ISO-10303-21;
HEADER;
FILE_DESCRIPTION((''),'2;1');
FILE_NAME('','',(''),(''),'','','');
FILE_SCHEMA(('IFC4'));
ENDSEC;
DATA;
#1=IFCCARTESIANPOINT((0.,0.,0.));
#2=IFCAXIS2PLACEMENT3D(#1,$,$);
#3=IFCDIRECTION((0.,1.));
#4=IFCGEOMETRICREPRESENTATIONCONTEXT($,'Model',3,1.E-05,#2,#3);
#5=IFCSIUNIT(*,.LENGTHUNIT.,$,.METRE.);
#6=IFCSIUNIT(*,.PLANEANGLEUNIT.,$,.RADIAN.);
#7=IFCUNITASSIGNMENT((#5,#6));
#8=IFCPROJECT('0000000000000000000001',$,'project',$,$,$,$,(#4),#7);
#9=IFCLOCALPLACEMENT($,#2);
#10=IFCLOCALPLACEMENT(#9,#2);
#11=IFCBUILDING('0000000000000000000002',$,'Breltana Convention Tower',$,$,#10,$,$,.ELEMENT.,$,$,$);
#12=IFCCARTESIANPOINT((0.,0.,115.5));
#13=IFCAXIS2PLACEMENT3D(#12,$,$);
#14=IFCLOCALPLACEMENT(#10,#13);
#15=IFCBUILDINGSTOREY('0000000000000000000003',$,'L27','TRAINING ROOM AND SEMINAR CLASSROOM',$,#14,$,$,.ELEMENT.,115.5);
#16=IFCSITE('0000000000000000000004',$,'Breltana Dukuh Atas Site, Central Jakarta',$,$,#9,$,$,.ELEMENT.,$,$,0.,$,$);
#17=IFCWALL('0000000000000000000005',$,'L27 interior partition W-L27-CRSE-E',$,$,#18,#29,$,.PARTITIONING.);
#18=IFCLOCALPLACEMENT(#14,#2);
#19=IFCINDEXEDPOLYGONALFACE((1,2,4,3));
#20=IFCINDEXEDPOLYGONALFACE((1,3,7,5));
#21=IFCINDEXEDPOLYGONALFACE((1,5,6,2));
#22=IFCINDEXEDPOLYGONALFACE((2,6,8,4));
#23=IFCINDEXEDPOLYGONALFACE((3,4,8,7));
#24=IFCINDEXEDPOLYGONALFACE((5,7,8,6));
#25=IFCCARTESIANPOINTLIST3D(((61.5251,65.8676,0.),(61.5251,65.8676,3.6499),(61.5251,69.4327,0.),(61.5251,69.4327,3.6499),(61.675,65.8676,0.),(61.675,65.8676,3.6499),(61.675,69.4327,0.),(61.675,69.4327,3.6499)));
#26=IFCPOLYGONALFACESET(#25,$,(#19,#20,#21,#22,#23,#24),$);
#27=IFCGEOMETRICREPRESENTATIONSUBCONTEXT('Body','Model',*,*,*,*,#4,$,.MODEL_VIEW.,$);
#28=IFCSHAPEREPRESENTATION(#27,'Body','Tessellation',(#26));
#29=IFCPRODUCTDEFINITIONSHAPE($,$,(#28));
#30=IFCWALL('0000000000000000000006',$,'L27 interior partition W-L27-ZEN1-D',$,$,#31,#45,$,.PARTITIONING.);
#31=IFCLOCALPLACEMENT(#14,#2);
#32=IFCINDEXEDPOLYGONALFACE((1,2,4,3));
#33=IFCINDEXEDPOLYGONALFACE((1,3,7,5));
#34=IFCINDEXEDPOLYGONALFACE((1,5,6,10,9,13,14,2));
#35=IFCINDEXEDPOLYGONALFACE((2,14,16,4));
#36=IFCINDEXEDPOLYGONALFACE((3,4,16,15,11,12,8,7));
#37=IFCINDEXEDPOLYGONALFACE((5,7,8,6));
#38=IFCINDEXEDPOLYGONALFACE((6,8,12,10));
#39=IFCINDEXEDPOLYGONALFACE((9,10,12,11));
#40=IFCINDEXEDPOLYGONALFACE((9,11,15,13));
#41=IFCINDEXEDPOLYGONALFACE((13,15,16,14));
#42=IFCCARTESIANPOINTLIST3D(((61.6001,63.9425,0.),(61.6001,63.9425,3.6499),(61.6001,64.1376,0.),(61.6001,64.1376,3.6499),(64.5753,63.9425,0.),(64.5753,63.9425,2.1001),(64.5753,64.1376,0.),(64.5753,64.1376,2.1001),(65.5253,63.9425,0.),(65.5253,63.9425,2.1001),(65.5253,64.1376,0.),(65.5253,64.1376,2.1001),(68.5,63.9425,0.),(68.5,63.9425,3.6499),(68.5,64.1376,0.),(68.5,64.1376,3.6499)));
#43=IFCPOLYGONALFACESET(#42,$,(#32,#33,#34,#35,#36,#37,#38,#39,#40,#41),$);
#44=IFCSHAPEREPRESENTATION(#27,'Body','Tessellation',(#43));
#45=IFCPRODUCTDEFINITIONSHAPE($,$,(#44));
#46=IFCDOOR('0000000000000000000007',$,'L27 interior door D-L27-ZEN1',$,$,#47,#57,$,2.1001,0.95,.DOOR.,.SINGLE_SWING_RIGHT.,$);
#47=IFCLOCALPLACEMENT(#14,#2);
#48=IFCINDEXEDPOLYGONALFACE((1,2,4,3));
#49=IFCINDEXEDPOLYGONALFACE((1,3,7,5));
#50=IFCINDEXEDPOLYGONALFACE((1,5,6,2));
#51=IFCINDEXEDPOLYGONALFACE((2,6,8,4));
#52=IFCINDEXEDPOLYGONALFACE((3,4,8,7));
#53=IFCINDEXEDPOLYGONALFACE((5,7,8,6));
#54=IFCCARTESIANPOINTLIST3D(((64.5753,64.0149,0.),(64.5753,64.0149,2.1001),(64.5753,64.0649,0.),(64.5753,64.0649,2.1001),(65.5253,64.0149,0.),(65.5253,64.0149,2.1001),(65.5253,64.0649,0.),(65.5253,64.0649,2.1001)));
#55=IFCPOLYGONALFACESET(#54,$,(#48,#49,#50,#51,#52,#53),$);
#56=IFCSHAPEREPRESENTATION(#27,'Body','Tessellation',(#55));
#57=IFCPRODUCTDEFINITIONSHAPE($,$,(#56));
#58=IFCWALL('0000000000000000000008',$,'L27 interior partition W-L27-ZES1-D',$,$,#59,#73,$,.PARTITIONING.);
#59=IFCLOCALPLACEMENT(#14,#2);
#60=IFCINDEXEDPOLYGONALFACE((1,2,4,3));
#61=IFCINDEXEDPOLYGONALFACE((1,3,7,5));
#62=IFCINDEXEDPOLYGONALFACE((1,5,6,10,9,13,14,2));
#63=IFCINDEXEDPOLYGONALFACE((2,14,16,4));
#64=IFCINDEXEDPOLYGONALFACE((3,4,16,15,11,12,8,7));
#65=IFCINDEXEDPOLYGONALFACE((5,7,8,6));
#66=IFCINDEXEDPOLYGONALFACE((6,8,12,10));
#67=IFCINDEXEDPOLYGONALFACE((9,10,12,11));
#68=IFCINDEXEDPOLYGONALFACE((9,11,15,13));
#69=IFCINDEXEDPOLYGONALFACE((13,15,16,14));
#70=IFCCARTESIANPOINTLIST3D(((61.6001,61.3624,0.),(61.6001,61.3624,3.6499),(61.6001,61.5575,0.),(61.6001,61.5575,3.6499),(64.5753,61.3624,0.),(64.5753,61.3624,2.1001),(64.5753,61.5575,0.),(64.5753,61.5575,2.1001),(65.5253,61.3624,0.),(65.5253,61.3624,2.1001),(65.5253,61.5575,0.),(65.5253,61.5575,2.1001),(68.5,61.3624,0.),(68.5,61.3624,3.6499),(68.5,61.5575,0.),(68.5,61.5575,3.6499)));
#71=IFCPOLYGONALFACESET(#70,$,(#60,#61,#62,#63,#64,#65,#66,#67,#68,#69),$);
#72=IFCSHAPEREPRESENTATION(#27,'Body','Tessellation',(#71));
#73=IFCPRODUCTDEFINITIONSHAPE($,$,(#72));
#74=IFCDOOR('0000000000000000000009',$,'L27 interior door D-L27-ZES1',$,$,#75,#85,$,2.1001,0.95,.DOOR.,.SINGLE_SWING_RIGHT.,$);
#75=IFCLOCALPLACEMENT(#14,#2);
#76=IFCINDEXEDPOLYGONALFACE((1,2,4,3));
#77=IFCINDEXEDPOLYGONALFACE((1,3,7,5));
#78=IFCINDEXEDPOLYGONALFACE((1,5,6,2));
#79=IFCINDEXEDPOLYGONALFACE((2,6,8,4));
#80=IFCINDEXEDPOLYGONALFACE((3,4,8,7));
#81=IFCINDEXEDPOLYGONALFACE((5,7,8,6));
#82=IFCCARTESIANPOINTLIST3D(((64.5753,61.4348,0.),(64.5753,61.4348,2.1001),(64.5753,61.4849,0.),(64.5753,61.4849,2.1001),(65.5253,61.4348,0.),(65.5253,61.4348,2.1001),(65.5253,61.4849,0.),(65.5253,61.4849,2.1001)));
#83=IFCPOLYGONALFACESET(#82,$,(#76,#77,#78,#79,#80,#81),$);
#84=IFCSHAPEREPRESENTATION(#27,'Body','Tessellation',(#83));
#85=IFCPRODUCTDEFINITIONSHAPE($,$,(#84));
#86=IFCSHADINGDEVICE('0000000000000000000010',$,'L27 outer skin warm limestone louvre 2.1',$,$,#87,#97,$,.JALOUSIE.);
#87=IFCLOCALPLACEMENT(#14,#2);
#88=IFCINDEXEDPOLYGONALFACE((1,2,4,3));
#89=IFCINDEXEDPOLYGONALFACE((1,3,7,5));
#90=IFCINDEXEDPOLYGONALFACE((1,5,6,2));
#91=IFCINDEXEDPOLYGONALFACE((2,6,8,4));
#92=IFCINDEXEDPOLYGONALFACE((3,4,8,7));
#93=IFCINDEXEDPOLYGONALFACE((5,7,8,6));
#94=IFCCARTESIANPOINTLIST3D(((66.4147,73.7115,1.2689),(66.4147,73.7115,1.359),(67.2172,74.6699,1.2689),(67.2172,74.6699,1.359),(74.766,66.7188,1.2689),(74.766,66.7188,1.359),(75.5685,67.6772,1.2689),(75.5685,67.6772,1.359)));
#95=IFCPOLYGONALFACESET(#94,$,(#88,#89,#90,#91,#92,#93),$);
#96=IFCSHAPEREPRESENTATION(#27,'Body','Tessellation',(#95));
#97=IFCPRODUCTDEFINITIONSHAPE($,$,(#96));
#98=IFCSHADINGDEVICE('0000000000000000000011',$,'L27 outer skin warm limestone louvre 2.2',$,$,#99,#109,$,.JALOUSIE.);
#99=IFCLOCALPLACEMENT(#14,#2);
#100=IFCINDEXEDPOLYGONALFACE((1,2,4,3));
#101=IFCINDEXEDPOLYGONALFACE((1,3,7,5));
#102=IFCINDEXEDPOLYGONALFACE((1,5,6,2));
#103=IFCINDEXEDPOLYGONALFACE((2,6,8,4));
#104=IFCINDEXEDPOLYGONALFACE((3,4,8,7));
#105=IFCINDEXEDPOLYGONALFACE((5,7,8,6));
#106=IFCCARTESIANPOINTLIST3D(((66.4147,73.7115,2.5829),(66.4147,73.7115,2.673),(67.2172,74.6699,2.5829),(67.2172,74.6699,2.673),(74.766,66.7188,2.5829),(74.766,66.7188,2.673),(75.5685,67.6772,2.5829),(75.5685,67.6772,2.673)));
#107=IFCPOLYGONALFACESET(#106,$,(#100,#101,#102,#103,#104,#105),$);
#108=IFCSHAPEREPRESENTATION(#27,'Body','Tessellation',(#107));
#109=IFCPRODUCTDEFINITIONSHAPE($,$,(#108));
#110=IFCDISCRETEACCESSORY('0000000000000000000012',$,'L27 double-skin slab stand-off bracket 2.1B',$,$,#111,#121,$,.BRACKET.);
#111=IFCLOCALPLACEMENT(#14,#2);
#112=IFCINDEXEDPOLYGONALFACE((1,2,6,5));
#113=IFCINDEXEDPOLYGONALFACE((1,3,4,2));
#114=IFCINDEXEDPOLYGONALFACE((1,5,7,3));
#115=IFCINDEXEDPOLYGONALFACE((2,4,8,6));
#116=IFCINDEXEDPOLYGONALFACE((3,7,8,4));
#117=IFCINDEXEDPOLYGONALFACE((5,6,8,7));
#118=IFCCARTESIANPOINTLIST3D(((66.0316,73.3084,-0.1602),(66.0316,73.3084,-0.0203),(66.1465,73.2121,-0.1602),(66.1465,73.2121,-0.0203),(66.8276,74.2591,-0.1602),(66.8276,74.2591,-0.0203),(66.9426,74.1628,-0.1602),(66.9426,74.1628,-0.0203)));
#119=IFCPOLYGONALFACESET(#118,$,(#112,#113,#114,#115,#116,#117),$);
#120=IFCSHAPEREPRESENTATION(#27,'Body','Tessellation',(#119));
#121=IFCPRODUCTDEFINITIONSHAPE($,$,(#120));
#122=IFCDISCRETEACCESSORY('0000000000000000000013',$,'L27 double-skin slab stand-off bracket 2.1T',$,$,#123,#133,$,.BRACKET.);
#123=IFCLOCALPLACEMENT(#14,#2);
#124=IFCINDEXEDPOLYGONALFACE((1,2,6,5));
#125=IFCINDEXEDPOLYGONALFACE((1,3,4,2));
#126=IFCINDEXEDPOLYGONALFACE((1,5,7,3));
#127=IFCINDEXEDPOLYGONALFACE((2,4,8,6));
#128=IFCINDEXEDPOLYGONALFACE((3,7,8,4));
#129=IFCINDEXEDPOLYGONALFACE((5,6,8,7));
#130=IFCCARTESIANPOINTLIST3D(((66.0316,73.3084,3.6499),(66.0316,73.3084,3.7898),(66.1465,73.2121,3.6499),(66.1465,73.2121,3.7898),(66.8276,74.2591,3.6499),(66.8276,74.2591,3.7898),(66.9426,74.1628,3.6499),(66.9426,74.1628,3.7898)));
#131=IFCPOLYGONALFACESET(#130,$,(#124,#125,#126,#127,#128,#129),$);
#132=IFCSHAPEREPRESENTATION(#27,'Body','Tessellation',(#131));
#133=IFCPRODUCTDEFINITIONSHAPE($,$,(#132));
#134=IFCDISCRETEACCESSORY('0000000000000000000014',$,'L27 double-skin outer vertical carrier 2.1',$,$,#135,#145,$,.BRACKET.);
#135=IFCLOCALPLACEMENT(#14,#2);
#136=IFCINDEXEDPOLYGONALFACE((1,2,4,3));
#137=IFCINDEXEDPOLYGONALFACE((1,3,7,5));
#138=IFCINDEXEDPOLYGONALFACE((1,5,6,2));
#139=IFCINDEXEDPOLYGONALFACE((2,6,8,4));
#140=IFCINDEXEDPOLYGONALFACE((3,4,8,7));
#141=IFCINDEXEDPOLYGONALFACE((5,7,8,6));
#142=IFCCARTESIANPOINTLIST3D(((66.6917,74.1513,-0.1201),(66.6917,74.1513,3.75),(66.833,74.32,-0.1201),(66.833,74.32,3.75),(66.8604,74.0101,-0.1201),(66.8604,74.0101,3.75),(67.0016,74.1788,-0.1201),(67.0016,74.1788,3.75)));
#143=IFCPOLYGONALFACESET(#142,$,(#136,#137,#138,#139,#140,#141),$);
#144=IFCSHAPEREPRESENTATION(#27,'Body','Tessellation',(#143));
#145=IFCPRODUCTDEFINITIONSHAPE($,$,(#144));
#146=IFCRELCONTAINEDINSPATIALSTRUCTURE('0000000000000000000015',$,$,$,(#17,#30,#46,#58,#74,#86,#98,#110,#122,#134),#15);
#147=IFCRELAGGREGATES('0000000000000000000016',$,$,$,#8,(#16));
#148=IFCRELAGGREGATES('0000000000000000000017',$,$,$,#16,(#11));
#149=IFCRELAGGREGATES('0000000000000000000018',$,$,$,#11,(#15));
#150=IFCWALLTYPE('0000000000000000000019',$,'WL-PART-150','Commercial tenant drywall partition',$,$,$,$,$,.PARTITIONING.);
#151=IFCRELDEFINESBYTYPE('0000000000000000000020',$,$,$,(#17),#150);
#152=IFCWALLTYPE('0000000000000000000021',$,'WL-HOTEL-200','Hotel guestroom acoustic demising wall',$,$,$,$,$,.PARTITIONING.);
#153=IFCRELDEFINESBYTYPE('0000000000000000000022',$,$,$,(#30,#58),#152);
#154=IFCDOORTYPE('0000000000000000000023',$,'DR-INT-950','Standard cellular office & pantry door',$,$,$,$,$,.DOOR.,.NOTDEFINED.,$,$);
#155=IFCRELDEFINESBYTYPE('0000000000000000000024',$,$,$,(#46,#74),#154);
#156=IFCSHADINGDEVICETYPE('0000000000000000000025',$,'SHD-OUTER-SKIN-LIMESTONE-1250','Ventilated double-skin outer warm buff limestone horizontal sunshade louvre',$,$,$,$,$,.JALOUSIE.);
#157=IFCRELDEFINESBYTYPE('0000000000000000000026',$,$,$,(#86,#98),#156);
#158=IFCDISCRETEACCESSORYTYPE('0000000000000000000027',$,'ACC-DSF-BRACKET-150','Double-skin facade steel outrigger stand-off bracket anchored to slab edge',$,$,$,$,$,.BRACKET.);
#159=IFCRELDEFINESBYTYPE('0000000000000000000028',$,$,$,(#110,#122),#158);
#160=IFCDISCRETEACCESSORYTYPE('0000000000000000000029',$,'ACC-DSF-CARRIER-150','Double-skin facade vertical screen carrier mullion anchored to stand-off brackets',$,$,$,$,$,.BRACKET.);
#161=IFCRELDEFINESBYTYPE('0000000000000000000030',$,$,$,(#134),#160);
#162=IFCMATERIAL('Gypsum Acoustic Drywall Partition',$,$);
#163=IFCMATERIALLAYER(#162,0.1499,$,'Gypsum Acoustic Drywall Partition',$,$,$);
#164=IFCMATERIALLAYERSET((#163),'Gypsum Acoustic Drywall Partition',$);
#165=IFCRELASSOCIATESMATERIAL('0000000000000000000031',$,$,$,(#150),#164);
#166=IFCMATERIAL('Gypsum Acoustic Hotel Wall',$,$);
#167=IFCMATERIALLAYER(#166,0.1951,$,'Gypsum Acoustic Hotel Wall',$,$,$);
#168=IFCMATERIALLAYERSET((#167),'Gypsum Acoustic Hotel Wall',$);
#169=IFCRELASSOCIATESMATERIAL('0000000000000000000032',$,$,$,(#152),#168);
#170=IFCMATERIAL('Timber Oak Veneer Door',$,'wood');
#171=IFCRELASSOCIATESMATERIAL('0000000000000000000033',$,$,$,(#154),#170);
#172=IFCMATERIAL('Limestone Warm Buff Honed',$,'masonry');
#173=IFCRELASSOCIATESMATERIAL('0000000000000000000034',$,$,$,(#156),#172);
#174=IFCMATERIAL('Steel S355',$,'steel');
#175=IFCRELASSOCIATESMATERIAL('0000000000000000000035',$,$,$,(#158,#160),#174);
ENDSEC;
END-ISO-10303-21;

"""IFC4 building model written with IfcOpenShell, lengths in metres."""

from ifc_helpers import new_model, si_unit, direction, frame, frame_2d, origin, origin_2d, place, context, subcontext, project, spatial, rectangle, extrude, source, transform, mapped, material, layer, layer_set, material_profile, profile_set, type_object, type_shapes, element, fill, save


model = new_model("IFC4")

# Units and contexts
model_context = context("Model", 3, precision=1e-05, world=origin(), true_north=direction((0.0, 1.0)))
body_context = subcontext(model_context, "Body", "Model", "MODEL_VIEW")
ifc_project = project(units=[si_unit("LENGTHUNIT", "METRE"), si_unit("PLANEANGLEUNIT", "RADIAN")], contexts=[model_context])

# Site, building, storey
site_placement = place(None, origin())
site = spatial("IfcSite", under=ifc_project, at=site_placement, Name="Breltana Dukuh Atas Site, Central Jakarta", CompositionType="ELEMENT", RefElevation=0.0)
building_placement = place(site_placement, origin())
building = spatial("IfcBuilding", under=site, at=building_placement, Name="Breltana Convention Tower", CompositionType="ELEMENT")
storey_placement = place(building_placement, frame((0.0, 0.0, 115.5)))
storey = spatial("IfcBuildingStorey", under=building, at=storey_placement, Name="L27", Description="TRAINING ROOM AND SEMINAR CLASSROOM", CompositionType="ELEMENT", Elevation=115.5)

# Wall
ifc_material_1 = material(Name="Gypsum Acoustic Drywall Partition")
ifc_layer_1 = layer(ifc_material_1, 0.1499, Name="Gypsum Acoustic Drywall Partition")
ifc_layer_set_1 = layer_set([ifc_layer_1], Name="Gypsum Acoustic Drywall Partition")
wall_type_1 = type_object("IfcWallType", Name="WL-PART-150", Description="Commercial tenant drywall partition", PredefinedType="PARTITIONING", material=ifc_layer_set_1)
shared_shape_1 = source(origin(), body_context, "Body", "SweptSolid", [
    extrude(rectangle(XDim=3.5652, YDim=0.1499, at=frame_2d((1.7827, 0.0))), origin(), (0.0, 0.0, 1.0), 3.6499),
])
wall_1_placement = place(storey_placement, frame((61.6001, 65.8674, 0.0), z_axis=(0.0, 0.0, 1.0), x_axis=(0.0, 1.0, 0.0)))
element("IfcWall", 1, at=wall_1_placement, inside=storey, type_object=wall_type_1, Name="L27 interior partition W-L27-CRSE-E", PredefinedType="PARTITIONING", context=body_context, shape_type="MappedRepresentation", body=[
    mapped(shared_shape_1, transform((0.0, 0.0, 0.0), scale=1.0)),
])

# Walls, openings, doors
ifc_material_2 = material(Name="Gypsum Acoustic Hotel Wall")
ifc_layer_2 = layer(ifc_material_2, 0.1951, Name="Gypsum Acoustic Hotel Wall")
ifc_layer_set_2 = layer_set([ifc_layer_2], Name="Gypsum Acoustic Hotel Wall")
wall_type_2 = type_object("IfcWallType", Name="WL-HOTEL-200", Description="Hotel guestroom acoustic demising wall", PredefinedType="PARTITIONING", material=ifc_layer_set_2)
shared_shape_2 = source(origin(), body_context, "Body", "SweptSolid", [
    extrude(rectangle(XDim=6.8999, YDim=0.1951, at=frame_2d((3.45, 0.0))), origin(), (0.0, 0.0, 1.0), 3.6499),
])
wall_2_placement = place(storey_placement, frame((61.6001, 64.04, 0.0), z_axis=(0.0, 0.0, 1.0), x_axis=(1.0, 0.0, 0.0)))
wall_2 = element("IfcWall", 2, at=wall_2_placement, inside=storey, type_object=wall_type_2, Name="L27 interior partition W-L27-ZEN1-D", PredefinedType="PARTITIONING", context=body_context, shape_type="MappedRepresentation", body=[
    mapped(shared_shape_2, transform((0.0, 0.0, 0.0), scale=1.0)),
])
opening_1_placement = place(wall_2_placement, frame((2.9751, 0.0, 0.0)))
opening_1 = element("IfcOpeningElement", 3, at=opening_1_placement, cuts=wall_2, PredefinedType="OPENING", context=body_context, shape_type="SweptSolid", body=[
    extrude(rectangle(XDim=0.95, YDim=2.1001, at=frame_2d((0.4751, 1.05))), frame((0.0, 0.1074, 0.0), z_axis=(0.0, -1.0, 0.0), x_axis=(1.0, 0.0, 0.0)), (0.0, 0.0, 1.0), 0.2151),
])
ifc_material_3 = material(Name="Timber Oak Veneer Door", Category="wood")
door_type = type_object("IfcDoorType", Name="DR-INT-950", Description="Standard cellular office & pantry door", OperationType="NOTDEFINED", PredefinedType="DOOR", material=ifc_material_3)
shared_shape_3 = source(origin(), body_context, "Body", "SweptSolid", [
    extrude(rectangle(XDim=0.95, YDim=2.1001, at=frame_2d((0.4751, 1.05))), frame((0.0, 0.0249, 0.0), z_axis=(0.0, -1.0, 0.0), x_axis=(1.0, 0.0, 0.0)), (0.0, 0.0, 1.0), 0.05),
])
type_shapes(door_type, [shared_shape_3])
door_1_placement = place(opening_1_placement, origin())
door_1 = element("IfcDoor", 4, at=door_1_placement, inside=storey, type_object=door_type, Name="L27 interior door D-L27-ZEN1", OperationType="SINGLE_SWING_RIGHT", OverallHeight=2.1001, OverallWidth=0.95, PredefinedType="DOOR", context=body_context, shape_type="MappedRepresentation", body=[
    mapped(shared_shape_3, transform((0.0, 0.0, 0.0), scale=1.0)),
])
fill(opening_1, door_1)
wall_3_placement = place(storey_placement, frame((61.6001, 61.46, 0.0), z_axis=(0.0, 0.0, 1.0), x_axis=(1.0, 0.0, 0.0)))
wall_3 = element("IfcWall", 5, at=wall_3_placement, inside=storey, type_object=wall_type_2, Name="L27 interior partition W-L27-ZES1-D", PredefinedType="PARTITIONING", context=body_context, shape_type="MappedRepresentation", body=[
    mapped(shared_shape_2, transform((0.0, 0.0, 0.0), scale=1.0)),
])
opening_2_placement = place(wall_3_placement, frame((2.9751, 0.0, 0.0)))
opening_2 = element("IfcOpeningElement", 6, at=opening_2_placement, cuts=wall_3, PredefinedType="OPENING", context=body_context, shape_type="SweptSolid", body=[
    extrude(rectangle(XDim=0.95, YDim=2.1001, at=frame_2d((0.4751, 1.05))), frame((0.0, 0.1074, 0.0), z_axis=(0.0, -1.0, 0.0), x_axis=(1.0, 0.0, 0.0)), (0.0, 0.0, 1.0), 0.2151),
])
door_2_placement = place(opening_2_placement, origin())
door_2 = element("IfcDoor", 7, at=door_2_placement, inside=storey, type_object=door_type, Name="L27 interior door D-L27-ZES1", OperationType="SINGLE_SWING_RIGHT", OverallHeight=2.1001, OverallWidth=0.95, PredefinedType="DOOR", context=body_context, shape_type="MappedRepresentation", body=[
    mapped(shared_shape_3, transform((0.0, 0.0, 0.0), scale=1.0)),
])
fill(opening_2, door_2)

# Shading devices
ifc_material_4 = material(Name="Limestone Warm Buff Honed", Category="masonry")
ifc_material_profile_1 = material_profile(ifc_material_4, rectangle(XDim=1.25, YDim=0.0901, at=origin_2d()), Name="STN-LVR-1250X90")
ifc_profile_set_1 = profile_set([ifc_material_profile_1], Name="Limestone Warm Buff Honed")
shading_device_type = type_object("IfcShadingDeviceType", Name="SHD-OUTER-SKIN-LIMESTONE-1250", Description="Ventilated double-skin outer warm buff limestone horizontal sunshade louvre", PredefinedType="JALOUSIE", material=ifc_profile_set_1)
shared_shape_4 = source(origin(), body_context, "Body", "SweptSolid", [
    extrude(rectangle(XDim=1.25, YDim=0.0901, at=origin_2d()), origin(), (0.0, 0.0, 1.0), 10.8923),
])
for number, where, z_axis, x_axis, name in (
    (8, (66.8159, 74.1907, 1.314), (0.766718, -0.641984, 0.0), (0.641984, 0.766718, 0.0), "L27 outer skin warm limestone louvre 2.1"),
    (9, (66.8159, 74.1907, 2.6279), (0.766718, -0.641984, 0.0), (0.641984, 0.766718, 0.0), "L27 outer skin warm limestone louvre 2.2"),
):
    element("IfcShadingDevice", number, at=place(storey_placement, frame(where, z_axis=z_axis, x_axis=x_axis)), inside=storey, type_object=shading_device_type, Name=name, PredefinedType="JALOUSIE", context=body_context, shape_type="MappedRepresentation", body=[
        mapped(shared_shape_4, transform((0.0, 0.0, 0.0), scale=1.0)),
    ])

# Discrete accessories
ifc_material_5 = material(Name="Steel S355", Category="steel")
discrete_accessory_type_1 = type_object("IfcDiscreteAccessoryType", Name="ACC-DSF-BRACKET-150", Description="Double-skin facade steel outrigger stand-off bracket anchored to slab edge", PredefinedType="BRACKET", material=ifc_material_5)
shared_shape_5 = source(origin(), body_context, "Body", "SweptSolid", [
    extrude(rectangle(XDim=1.24, YDim=0.1499, at=origin_2d()), origin(), (0.0, 0.0, 1.0), 0.1399),
])
type_shapes(discrete_accessory_type_1, [shared_shape_5])
for number, where, z_axis, x_axis, name in (
    (10, (66.4871, 73.7356, -0.1602), (0.0, 0.0, 1.0), (0.641987, 0.766715, 0.0), "L27 double-skin slab stand-off bracket 2.1B"),
    (11, (66.4871, 73.7356, 3.6499), (0.0, 0.0, 1.0), (0.641987, 0.766715, 0.0), "L27 double-skin slab stand-off bracket 2.1T"),
):
    element("IfcDiscreteAccessory", number, at=place(storey_placement, frame(where, z_axis=z_axis, x_axis=x_axis)), inside=storey, type_object=discrete_accessory_type_1, Name=name, PredefinedType="BRACKET", context=body_context, shape_type="MappedRepresentation", body=[
        mapped(shared_shape_5, transform((0.0, 0.0, 0.0), scale=1.0)),
    ])
discrete_accessory_type_2 = type_object("IfcDiscreteAccessoryType", Name="ACC-DSF-CARRIER-150", Description="Double-skin facade vertical screen carrier mullion anchored to stand-off brackets", PredefinedType="BRACKET", material=ifc_material_5)
shared_shape_6 = source(origin(), body_context, "Body", "SweptSolid", [
    extrude(rectangle(XDim=0.22, YDim=0.22, at=origin_2d()), origin(), (0.0, 0.0, 1.0), 3.8701),
])
discrete_accessory_placement = place(storey_placement, frame((66.8467, 74.165, -0.1201), z_axis=(0.0, 0.0, 1.0), x_axis=(0.641987, 0.766715, 0.0)))
element("IfcDiscreteAccessory", 12, at=discrete_accessory_placement, inside=storey, type_object=discrete_accessory_type_2, Name="L27 double-skin outer vertical carrier 2.1", PredefinedType="BRACKET", context=body_context, shape_type="MappedRepresentation", body=[
    mapped(shared_shape_6, transform((0.0, 0.0, 0.0), scale=1.0)),
])

save(model, "model.ifc")
